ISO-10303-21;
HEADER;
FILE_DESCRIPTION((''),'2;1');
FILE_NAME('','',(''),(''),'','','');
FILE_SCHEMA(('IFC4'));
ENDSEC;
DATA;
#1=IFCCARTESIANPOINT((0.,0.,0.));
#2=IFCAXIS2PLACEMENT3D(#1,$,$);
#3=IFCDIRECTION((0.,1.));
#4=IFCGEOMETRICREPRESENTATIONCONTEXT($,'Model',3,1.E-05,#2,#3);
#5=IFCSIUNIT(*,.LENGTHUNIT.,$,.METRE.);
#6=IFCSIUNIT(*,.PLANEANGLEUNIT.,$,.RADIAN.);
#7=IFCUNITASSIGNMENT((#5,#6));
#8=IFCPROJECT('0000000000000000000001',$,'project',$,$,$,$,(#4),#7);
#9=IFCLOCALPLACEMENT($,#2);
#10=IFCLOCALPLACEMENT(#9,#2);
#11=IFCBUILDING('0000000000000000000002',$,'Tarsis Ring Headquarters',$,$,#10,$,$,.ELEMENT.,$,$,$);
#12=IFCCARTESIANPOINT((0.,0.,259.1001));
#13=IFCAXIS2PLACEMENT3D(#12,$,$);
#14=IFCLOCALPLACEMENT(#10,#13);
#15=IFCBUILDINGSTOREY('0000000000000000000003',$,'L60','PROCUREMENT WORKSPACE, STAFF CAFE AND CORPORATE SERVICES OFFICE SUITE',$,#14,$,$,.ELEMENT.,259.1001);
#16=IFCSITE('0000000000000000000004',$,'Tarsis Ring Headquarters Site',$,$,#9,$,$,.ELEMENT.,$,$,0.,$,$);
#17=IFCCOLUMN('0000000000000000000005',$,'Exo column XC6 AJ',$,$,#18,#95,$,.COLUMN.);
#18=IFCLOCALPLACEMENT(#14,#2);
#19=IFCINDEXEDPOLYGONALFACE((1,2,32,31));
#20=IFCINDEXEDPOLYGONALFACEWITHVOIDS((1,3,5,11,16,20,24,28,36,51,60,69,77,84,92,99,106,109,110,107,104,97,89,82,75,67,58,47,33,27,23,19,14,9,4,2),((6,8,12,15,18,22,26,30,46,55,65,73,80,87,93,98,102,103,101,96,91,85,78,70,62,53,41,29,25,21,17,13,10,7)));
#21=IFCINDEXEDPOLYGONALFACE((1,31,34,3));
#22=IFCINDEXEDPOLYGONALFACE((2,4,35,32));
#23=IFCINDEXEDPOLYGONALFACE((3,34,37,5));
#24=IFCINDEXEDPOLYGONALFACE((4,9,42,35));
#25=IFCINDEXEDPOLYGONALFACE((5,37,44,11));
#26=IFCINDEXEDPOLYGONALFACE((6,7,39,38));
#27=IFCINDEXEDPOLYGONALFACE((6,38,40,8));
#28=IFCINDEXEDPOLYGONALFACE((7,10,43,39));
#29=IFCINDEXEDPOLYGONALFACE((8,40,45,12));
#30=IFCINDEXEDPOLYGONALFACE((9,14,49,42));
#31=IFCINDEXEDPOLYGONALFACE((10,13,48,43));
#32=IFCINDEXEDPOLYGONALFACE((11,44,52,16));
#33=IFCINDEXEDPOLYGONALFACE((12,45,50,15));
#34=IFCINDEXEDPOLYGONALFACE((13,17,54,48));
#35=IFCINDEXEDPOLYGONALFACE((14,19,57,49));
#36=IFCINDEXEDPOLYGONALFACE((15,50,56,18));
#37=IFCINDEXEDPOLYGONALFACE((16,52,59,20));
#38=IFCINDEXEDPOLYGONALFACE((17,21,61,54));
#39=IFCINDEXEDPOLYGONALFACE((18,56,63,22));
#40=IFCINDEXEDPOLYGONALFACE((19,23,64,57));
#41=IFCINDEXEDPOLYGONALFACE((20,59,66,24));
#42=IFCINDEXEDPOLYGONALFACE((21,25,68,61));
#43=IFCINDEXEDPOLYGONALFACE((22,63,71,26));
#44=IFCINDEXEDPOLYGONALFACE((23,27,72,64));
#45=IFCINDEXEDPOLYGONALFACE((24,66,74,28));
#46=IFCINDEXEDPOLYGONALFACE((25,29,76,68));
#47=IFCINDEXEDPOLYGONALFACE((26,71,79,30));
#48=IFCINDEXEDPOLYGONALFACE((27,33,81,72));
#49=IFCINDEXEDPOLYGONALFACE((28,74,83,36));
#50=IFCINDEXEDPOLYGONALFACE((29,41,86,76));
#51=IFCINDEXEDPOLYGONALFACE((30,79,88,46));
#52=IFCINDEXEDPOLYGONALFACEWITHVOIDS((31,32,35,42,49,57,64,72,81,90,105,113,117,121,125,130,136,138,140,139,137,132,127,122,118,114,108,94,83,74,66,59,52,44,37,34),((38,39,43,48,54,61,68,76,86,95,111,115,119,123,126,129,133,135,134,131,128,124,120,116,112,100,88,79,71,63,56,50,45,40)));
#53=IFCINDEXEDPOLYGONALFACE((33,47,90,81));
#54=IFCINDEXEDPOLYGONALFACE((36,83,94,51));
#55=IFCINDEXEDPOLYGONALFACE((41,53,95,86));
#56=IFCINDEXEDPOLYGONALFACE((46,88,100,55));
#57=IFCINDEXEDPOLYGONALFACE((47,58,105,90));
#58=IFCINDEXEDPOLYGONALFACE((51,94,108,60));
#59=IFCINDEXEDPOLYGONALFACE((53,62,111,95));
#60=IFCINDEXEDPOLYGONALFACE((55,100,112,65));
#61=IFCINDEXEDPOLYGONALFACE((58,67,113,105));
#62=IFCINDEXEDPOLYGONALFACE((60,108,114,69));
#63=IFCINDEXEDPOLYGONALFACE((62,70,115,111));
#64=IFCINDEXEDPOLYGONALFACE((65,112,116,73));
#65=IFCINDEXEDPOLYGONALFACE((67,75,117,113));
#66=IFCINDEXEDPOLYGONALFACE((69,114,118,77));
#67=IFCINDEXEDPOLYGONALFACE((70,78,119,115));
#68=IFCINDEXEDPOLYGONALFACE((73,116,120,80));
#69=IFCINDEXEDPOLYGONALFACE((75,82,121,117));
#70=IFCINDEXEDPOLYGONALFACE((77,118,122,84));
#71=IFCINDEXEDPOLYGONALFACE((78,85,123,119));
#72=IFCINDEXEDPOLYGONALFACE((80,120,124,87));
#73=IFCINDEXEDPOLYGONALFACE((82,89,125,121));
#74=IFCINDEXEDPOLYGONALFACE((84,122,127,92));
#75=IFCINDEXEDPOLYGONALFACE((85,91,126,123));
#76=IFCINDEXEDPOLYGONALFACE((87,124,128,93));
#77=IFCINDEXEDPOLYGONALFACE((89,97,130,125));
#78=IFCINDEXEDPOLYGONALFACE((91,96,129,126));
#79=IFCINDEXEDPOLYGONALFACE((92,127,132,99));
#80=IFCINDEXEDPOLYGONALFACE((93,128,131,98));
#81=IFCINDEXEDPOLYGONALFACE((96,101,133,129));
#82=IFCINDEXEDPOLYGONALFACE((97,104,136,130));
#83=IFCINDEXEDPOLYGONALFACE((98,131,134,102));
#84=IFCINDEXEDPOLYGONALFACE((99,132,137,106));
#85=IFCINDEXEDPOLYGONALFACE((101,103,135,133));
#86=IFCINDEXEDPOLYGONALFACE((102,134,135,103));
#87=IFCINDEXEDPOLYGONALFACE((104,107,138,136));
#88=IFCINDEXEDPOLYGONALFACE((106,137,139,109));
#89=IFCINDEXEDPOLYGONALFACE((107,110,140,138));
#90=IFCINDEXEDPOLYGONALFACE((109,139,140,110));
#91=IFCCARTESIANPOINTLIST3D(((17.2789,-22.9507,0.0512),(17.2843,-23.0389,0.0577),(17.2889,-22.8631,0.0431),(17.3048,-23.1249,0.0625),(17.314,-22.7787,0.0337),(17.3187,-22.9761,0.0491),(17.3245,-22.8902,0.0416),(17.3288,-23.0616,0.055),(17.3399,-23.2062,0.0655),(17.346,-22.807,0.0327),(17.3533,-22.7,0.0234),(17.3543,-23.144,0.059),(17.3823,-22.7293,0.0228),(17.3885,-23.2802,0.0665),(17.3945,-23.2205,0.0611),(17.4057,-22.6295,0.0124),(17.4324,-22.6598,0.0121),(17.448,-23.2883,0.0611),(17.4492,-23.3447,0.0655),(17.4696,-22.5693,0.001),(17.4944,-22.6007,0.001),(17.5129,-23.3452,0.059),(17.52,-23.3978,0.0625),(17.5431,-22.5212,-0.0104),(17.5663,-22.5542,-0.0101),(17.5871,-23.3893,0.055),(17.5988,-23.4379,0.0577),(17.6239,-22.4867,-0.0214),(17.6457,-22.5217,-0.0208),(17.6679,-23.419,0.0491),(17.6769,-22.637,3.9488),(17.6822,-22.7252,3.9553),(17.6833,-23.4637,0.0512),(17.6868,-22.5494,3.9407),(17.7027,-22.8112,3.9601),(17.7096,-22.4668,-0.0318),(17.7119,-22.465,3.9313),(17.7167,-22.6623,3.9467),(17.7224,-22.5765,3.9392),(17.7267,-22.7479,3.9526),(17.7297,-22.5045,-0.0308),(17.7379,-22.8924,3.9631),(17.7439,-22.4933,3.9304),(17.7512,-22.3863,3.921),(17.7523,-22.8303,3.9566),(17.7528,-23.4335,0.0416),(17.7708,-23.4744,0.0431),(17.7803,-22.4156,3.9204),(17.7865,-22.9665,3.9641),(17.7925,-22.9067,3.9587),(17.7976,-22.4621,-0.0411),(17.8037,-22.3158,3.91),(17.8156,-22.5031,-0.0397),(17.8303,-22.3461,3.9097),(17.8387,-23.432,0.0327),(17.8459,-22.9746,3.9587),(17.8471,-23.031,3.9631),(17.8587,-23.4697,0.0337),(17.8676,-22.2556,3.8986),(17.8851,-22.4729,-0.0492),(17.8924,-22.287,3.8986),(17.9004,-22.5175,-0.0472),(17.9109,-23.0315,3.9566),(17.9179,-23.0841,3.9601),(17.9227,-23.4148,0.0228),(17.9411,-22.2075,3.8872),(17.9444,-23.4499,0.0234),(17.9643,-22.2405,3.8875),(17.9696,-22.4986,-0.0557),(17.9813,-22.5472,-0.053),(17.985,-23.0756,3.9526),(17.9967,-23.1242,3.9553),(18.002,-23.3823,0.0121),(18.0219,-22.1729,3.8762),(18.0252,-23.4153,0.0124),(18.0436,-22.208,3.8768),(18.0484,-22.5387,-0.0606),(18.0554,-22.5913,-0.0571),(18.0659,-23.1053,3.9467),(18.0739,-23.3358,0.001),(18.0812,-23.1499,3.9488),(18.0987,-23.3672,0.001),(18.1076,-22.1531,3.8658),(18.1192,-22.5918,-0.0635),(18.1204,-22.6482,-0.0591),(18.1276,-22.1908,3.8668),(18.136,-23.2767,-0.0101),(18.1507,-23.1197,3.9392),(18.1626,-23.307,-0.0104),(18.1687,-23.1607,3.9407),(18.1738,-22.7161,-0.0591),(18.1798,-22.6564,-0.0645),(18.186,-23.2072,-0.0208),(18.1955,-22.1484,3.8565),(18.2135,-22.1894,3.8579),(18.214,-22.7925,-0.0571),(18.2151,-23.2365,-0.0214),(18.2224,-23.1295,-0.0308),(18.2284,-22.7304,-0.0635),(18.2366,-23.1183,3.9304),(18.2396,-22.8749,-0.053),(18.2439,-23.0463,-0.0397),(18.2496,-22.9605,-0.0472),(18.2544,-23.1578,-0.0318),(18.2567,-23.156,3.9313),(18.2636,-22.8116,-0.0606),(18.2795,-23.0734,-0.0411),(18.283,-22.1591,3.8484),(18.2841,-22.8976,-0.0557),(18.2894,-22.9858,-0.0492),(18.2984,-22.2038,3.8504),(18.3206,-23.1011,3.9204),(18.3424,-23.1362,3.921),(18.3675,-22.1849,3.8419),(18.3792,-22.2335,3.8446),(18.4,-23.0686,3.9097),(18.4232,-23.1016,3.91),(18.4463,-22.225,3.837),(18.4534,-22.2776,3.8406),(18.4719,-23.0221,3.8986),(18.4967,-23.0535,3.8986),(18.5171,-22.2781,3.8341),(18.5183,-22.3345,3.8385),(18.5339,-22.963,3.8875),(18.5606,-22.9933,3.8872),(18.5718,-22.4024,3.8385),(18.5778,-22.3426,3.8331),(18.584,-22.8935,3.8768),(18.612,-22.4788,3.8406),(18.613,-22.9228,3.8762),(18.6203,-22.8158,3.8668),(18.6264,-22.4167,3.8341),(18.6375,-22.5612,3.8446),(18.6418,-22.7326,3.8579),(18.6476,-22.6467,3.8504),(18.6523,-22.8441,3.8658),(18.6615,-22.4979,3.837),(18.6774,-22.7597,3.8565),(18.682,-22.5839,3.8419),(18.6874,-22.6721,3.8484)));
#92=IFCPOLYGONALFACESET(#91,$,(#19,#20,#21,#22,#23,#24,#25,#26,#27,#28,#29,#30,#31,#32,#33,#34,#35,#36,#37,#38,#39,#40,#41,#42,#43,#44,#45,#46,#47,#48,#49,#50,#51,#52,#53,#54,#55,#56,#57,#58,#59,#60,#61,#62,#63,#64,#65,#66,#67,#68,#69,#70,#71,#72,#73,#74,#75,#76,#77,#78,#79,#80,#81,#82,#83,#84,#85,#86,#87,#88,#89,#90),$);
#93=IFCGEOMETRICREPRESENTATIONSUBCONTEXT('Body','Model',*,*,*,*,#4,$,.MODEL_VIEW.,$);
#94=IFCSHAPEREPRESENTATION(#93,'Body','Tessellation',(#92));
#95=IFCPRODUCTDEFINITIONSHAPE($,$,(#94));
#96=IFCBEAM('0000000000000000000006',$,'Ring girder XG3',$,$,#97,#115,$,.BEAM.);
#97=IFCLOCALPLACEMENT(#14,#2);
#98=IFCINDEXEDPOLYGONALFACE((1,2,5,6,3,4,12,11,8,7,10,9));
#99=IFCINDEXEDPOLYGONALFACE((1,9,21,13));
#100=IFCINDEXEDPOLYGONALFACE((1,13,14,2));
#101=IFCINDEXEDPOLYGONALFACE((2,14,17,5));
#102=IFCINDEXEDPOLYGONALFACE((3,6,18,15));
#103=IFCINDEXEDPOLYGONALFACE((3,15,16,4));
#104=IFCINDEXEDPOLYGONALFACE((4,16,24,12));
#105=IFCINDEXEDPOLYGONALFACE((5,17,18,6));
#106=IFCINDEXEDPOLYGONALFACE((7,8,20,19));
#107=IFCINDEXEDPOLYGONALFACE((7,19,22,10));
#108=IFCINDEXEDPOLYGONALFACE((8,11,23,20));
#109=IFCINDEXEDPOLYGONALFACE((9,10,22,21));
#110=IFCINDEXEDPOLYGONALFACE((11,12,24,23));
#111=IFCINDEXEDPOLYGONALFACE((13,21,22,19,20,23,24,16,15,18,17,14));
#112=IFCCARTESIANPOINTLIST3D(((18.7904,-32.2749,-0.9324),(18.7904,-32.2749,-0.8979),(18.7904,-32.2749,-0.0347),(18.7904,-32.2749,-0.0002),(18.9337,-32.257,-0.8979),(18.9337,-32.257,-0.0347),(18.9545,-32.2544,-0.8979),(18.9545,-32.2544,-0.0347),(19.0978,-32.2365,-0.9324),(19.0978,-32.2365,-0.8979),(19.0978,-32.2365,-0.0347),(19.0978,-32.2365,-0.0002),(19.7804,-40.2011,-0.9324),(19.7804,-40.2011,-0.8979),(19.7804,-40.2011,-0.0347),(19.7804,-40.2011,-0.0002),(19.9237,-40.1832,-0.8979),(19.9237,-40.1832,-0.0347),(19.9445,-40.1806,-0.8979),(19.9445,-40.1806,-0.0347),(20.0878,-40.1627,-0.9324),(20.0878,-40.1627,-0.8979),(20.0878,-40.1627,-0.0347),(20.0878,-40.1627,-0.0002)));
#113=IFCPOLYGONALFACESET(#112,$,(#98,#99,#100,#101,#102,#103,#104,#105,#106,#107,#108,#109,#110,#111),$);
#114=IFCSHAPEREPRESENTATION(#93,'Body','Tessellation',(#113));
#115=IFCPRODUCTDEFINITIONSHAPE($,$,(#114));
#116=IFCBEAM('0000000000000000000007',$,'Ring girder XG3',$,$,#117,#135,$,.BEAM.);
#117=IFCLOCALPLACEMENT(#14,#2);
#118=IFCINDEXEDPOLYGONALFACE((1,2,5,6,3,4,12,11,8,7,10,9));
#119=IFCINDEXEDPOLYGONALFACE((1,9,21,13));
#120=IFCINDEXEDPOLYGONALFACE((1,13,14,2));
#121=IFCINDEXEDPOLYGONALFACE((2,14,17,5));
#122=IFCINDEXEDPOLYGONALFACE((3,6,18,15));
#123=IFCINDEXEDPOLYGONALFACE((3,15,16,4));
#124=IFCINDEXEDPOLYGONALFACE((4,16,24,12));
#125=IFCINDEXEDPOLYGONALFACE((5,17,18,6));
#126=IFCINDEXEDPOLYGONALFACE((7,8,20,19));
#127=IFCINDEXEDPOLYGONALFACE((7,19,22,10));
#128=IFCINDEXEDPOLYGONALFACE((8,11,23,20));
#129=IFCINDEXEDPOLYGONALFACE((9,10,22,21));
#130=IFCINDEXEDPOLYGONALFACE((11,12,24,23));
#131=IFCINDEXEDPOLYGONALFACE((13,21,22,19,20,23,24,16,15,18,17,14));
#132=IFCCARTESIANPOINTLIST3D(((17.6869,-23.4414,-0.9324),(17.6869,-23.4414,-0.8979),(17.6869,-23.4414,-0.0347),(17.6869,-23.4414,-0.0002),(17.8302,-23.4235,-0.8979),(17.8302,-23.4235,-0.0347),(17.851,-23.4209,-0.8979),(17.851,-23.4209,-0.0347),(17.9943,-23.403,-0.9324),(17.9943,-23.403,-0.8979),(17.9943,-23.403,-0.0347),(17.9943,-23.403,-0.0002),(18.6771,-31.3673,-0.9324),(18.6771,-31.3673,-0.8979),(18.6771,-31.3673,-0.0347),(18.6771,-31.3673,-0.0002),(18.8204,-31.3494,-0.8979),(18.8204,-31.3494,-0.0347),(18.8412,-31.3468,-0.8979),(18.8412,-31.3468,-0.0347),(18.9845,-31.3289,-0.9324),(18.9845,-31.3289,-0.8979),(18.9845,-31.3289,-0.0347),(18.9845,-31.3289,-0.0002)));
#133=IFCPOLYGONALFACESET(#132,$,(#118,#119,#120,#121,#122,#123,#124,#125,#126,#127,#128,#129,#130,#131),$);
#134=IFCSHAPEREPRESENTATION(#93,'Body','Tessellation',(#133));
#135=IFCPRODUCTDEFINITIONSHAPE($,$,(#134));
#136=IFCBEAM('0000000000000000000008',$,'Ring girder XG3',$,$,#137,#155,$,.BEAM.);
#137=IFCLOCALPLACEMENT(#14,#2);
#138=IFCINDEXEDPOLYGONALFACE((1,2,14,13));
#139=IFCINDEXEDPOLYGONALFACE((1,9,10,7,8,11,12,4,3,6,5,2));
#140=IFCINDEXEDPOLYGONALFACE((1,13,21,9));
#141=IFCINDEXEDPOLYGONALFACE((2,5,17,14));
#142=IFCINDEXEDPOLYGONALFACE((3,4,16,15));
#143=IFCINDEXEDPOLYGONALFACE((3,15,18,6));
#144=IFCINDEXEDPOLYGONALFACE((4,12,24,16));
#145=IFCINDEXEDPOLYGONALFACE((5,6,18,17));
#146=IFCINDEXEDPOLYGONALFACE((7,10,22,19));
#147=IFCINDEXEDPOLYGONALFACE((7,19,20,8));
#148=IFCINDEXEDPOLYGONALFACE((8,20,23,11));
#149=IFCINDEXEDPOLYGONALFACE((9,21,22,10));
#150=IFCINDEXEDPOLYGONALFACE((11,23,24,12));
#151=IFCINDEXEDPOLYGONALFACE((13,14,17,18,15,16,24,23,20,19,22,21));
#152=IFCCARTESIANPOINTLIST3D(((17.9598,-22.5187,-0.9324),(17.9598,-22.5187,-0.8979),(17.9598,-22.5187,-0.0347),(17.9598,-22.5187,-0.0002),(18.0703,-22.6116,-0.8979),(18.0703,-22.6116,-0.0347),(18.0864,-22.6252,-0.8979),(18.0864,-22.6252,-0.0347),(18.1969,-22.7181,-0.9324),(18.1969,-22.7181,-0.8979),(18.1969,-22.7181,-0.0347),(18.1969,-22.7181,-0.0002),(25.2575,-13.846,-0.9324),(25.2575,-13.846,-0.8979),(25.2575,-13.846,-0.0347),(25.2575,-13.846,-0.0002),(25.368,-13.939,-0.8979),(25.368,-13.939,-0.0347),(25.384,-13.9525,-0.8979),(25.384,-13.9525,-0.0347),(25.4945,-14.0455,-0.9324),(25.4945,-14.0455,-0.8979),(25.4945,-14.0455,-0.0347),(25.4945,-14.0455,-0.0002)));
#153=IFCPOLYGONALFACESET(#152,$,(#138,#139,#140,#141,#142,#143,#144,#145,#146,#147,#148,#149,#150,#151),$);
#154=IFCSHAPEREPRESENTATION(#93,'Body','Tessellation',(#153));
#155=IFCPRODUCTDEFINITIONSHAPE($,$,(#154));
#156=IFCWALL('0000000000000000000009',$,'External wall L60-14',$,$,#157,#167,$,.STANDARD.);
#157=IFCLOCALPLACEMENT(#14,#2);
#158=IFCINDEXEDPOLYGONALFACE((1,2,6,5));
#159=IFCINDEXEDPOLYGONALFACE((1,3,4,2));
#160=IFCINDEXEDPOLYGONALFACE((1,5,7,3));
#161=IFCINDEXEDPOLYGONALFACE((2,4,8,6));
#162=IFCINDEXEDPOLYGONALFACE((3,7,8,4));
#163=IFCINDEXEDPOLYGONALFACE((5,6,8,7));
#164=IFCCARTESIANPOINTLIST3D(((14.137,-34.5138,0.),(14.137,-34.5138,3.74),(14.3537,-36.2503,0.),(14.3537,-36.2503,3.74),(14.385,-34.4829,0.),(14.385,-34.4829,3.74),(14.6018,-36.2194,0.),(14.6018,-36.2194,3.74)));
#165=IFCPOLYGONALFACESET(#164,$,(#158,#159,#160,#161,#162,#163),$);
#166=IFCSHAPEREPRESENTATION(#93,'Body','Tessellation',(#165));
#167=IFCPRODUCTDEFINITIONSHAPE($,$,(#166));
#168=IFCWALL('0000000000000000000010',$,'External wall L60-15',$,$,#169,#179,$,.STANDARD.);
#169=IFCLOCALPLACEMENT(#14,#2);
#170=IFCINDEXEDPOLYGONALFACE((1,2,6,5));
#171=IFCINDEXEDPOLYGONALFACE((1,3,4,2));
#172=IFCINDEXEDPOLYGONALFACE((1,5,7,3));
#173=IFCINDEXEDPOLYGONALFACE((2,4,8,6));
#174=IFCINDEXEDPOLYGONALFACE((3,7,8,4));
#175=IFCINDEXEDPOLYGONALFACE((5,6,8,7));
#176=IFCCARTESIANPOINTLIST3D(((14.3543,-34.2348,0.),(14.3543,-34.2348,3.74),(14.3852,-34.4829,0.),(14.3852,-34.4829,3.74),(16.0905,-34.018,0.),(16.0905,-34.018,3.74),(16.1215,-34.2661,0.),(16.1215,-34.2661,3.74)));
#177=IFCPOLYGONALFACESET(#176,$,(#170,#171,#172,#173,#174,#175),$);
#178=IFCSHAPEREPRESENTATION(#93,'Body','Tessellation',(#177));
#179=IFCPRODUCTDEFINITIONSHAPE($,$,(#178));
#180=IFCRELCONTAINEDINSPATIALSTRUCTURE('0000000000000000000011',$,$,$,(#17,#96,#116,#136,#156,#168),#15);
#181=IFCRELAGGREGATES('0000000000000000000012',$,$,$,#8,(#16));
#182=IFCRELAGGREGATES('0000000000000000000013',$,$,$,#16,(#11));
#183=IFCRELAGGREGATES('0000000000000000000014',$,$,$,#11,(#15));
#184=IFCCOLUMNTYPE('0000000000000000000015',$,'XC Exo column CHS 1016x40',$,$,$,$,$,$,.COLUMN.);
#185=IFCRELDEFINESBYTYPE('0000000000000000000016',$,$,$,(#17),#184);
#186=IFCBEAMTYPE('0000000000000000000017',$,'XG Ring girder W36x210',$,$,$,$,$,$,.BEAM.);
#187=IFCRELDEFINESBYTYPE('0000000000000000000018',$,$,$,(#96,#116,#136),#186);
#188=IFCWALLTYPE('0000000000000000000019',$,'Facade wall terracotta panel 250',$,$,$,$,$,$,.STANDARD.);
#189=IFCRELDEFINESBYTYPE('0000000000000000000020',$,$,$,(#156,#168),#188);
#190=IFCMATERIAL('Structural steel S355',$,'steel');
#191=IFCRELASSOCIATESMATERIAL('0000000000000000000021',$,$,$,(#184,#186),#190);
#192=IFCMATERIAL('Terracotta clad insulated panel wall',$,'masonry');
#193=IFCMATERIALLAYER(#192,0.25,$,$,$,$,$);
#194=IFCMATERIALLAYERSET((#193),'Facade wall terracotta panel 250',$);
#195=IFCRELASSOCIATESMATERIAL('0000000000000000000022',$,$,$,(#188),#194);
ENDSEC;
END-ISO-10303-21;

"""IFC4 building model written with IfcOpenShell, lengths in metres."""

from ifc_helpers import new_model, si_unit, direction, frame, frame_2d, origin, origin_2d, place, context, subcontext, project, spatial, rectangle, hollow_circle, i_section, extrude, material, layer, layer_set, material_profile, profile_set, type_object, element, save


model = new_model("IFC4")

# Units and contexts
model_context = context("Model", 3, precision=1e-05, world=origin(), true_north=direction((0.0, 1.0)))
body_context = subcontext(model_context, "Body", "Model", "MODEL_VIEW")
ifc_project = project(units=[si_unit("LENGTHUNIT", "METRE"), si_unit("PLANEANGLEUNIT", "RADIAN")], contexts=[model_context])

# Site, building, storey
site_placement = place(None, origin())
site = spatial("IfcSite", under=ifc_project, at=site_placement, Name="Tarsis Ring Headquarters Site", CompositionType="ELEMENT", RefElevation=0.0)
building_placement = place(site_placement, origin())
building = spatial("IfcBuilding", under=site, at=building_placement, Name="Tarsis Ring Headquarters", CompositionType="ELEMENT")
storey_placement = place(building_placement, frame((0.0, 0.0, 259.1001)))
storey = spatial("IfcBuildingStorey", under=building, at=storey_placement, Name="L60", Description="PROCUREMENT WORKSPACE, STAFF CAFE AND CORPORATE SERVICES OFFICE SUITE", CompositionType="ELEMENT", Elevation=259.1001)

# Column
ifc_material_1 = material(Name="Structural steel S355", Category="steel")
ifc_material_profile_1 = material_profile(ifc_material_1, hollow_circle(Radius=0.5081, WallThickness=0.04, at=origin_2d()), Name="CHS 1016x40")
ifc_profile_set_1 = profile_set([ifc_material_profile_1], Name="Structural steel S355")
column_type = type_object("IfcColumnType", Name="XC Exo column CHS 1016x40", PredefinedType="COLUMN", material=ifc_profile_set_1)
column_1_placement = place(storey_placement, frame((17.7842, -22.9683, 0.001), z_axis=(0.101246, 0.079817, 0.991654), x_axis=(-0.619097, 0.785314, 0.0)))
element("IfcColumn", 1, at=column_1_placement, inside=storey, type_object=column_type, Name="Exo column XC6 AJ", PredefinedType="COLUMN", context=body_context, shape_type="SweptSolid", body=[
    extrude(hollow_circle(Radius=0.5081, WallThickness=0.04, at=origin_2d()), origin(), (0.0, 0.0, 1.0), 3.9304),
])

# Beams
ifc_material_profile_2 = material_profile(ifc_material_1, i_section(OverallWidth=0.3098, OverallDepth=0.9321, WebThickness=0.021, FlangeThickness=0.0344, at=origin_2d()), Name="W36x210")
ifc_profile_set_2 = profile_set([ifc_material_profile_2], Name="Structural steel S355")
beam_type = type_object("IfcBeamType", Name="XG Ring girder W36x210", PredefinedType="BEAM", material=ifc_profile_set_2)
beam_1_placement = place(storey_placement, frame((19.9341, -40.1819, -0.4663), z_axis=(-0.123937, 0.99229, 0.0), x_axis=(-0.99229, -0.123937, 0.0)))
element("IfcBeam", 2, at=beam_1_placement, inside=storey, type_object=beam_type, Name="Ring girder XG3", PredefinedType="BEAM", context=body_context, shape_type="SweptSolid", body=[
    extrude(i_section(OverallWidth=0.3098, OverallDepth=0.9321, WebThickness=0.021, FlangeThickness=0.0344, at=origin_2d()), origin(), (0.0, 0.0, 1.0), 7.9878),
])
beam_2_placement = place(storey_placement, frame((18.8308, -31.3481, -0.4663), z_axis=(-0.123971, 0.992286, 0.0), x_axis=(-0.992286, -0.123971, 0.0)))
element("IfcBeam", 3, at=beam_2_placement, inside=storey, type_object=beam_type, Name="Ring girder XG3", PredefinedType="BEAM", context=body_context, shape_type="SweptSolid", body=[
    extrude(i_section(OverallWidth=0.3098, OverallDepth=0.9321, WebThickness=0.021, FlangeThickness=0.0344, at=origin_2d()), origin(), (0.0, 0.0, 1.0), 7.9875),
])
beam_3_placement = place(storey_placement, frame((18.0784, -22.6184, -0.4663), z_axis=(0.643845, 0.765156, 0.0), x_axis=(-0.765156, 0.643845, 0.0)))
element("IfcBeam", 4, at=beam_3_placement, inside=storey, type_object=beam_type, Name="Ring girder XG3", PredefinedType="BEAM", context=body_context, shape_type="SweptSolid", body=[
    extrude(i_section(OverallWidth=0.3098, OverallDepth=0.9321, WebThickness=0.021, FlangeThickness=0.0344, at=origin_2d()), origin(), (0.0, 0.0, 1.0), 11.3345),
])

# Walls
ifc_material_2 = material(Name="Terracotta clad insulated panel wall", Category="masonry")
ifc_layer = layer(ifc_material_2, 0.25)
ifc_layer_set = layer_set([ifc_layer], Name="Facade wall terracotta panel 250")
wall_type = type_object("IfcWallType", Name="Facade wall terracotta panel 250", PredefinedType="STANDARD", material=ifc_layer_set)
wall_1_placement = place(storey_placement, frame((14.4778, -36.2349, 0.0), z_axis=(0.0, 0.0, 1.0), x_axis=(-0.12388, 0.992297, 0.0)))
element("IfcWall", 5, at=wall_1_placement, inside=storey, type_object=wall_type, Name="External wall L60-14", PredefinedType="STANDARD", context=body_context, shape_type="SweptSolid", body=[
    extrude(rectangle(XDim=1.75, YDim=0.25, at=frame_2d((0.875, 0.0))), origin(), (0.0, 0.0, 1.0), 3.74),
])
wall_2_placement = place(storey_placement, frame((14.3696, -34.3589, 0.0), z_axis=(0.0, 0.0, 1.0), x_axis=(0.992295, 0.123897, 0.0)))
element("IfcWall", 6, at=wall_2_placement, inside=storey, type_object=wall_type, Name="External wall L60-15", PredefinedType="STANDARD", context=body_context, shape_type="SweptSolid", body=[
    extrude(rectangle(XDim=1.7498, YDim=0.25, at=frame_2d((0.875, 0.0))), origin(), (0.0, 0.0, 1.0), 3.74),
])

save(model, "model.ifc")
